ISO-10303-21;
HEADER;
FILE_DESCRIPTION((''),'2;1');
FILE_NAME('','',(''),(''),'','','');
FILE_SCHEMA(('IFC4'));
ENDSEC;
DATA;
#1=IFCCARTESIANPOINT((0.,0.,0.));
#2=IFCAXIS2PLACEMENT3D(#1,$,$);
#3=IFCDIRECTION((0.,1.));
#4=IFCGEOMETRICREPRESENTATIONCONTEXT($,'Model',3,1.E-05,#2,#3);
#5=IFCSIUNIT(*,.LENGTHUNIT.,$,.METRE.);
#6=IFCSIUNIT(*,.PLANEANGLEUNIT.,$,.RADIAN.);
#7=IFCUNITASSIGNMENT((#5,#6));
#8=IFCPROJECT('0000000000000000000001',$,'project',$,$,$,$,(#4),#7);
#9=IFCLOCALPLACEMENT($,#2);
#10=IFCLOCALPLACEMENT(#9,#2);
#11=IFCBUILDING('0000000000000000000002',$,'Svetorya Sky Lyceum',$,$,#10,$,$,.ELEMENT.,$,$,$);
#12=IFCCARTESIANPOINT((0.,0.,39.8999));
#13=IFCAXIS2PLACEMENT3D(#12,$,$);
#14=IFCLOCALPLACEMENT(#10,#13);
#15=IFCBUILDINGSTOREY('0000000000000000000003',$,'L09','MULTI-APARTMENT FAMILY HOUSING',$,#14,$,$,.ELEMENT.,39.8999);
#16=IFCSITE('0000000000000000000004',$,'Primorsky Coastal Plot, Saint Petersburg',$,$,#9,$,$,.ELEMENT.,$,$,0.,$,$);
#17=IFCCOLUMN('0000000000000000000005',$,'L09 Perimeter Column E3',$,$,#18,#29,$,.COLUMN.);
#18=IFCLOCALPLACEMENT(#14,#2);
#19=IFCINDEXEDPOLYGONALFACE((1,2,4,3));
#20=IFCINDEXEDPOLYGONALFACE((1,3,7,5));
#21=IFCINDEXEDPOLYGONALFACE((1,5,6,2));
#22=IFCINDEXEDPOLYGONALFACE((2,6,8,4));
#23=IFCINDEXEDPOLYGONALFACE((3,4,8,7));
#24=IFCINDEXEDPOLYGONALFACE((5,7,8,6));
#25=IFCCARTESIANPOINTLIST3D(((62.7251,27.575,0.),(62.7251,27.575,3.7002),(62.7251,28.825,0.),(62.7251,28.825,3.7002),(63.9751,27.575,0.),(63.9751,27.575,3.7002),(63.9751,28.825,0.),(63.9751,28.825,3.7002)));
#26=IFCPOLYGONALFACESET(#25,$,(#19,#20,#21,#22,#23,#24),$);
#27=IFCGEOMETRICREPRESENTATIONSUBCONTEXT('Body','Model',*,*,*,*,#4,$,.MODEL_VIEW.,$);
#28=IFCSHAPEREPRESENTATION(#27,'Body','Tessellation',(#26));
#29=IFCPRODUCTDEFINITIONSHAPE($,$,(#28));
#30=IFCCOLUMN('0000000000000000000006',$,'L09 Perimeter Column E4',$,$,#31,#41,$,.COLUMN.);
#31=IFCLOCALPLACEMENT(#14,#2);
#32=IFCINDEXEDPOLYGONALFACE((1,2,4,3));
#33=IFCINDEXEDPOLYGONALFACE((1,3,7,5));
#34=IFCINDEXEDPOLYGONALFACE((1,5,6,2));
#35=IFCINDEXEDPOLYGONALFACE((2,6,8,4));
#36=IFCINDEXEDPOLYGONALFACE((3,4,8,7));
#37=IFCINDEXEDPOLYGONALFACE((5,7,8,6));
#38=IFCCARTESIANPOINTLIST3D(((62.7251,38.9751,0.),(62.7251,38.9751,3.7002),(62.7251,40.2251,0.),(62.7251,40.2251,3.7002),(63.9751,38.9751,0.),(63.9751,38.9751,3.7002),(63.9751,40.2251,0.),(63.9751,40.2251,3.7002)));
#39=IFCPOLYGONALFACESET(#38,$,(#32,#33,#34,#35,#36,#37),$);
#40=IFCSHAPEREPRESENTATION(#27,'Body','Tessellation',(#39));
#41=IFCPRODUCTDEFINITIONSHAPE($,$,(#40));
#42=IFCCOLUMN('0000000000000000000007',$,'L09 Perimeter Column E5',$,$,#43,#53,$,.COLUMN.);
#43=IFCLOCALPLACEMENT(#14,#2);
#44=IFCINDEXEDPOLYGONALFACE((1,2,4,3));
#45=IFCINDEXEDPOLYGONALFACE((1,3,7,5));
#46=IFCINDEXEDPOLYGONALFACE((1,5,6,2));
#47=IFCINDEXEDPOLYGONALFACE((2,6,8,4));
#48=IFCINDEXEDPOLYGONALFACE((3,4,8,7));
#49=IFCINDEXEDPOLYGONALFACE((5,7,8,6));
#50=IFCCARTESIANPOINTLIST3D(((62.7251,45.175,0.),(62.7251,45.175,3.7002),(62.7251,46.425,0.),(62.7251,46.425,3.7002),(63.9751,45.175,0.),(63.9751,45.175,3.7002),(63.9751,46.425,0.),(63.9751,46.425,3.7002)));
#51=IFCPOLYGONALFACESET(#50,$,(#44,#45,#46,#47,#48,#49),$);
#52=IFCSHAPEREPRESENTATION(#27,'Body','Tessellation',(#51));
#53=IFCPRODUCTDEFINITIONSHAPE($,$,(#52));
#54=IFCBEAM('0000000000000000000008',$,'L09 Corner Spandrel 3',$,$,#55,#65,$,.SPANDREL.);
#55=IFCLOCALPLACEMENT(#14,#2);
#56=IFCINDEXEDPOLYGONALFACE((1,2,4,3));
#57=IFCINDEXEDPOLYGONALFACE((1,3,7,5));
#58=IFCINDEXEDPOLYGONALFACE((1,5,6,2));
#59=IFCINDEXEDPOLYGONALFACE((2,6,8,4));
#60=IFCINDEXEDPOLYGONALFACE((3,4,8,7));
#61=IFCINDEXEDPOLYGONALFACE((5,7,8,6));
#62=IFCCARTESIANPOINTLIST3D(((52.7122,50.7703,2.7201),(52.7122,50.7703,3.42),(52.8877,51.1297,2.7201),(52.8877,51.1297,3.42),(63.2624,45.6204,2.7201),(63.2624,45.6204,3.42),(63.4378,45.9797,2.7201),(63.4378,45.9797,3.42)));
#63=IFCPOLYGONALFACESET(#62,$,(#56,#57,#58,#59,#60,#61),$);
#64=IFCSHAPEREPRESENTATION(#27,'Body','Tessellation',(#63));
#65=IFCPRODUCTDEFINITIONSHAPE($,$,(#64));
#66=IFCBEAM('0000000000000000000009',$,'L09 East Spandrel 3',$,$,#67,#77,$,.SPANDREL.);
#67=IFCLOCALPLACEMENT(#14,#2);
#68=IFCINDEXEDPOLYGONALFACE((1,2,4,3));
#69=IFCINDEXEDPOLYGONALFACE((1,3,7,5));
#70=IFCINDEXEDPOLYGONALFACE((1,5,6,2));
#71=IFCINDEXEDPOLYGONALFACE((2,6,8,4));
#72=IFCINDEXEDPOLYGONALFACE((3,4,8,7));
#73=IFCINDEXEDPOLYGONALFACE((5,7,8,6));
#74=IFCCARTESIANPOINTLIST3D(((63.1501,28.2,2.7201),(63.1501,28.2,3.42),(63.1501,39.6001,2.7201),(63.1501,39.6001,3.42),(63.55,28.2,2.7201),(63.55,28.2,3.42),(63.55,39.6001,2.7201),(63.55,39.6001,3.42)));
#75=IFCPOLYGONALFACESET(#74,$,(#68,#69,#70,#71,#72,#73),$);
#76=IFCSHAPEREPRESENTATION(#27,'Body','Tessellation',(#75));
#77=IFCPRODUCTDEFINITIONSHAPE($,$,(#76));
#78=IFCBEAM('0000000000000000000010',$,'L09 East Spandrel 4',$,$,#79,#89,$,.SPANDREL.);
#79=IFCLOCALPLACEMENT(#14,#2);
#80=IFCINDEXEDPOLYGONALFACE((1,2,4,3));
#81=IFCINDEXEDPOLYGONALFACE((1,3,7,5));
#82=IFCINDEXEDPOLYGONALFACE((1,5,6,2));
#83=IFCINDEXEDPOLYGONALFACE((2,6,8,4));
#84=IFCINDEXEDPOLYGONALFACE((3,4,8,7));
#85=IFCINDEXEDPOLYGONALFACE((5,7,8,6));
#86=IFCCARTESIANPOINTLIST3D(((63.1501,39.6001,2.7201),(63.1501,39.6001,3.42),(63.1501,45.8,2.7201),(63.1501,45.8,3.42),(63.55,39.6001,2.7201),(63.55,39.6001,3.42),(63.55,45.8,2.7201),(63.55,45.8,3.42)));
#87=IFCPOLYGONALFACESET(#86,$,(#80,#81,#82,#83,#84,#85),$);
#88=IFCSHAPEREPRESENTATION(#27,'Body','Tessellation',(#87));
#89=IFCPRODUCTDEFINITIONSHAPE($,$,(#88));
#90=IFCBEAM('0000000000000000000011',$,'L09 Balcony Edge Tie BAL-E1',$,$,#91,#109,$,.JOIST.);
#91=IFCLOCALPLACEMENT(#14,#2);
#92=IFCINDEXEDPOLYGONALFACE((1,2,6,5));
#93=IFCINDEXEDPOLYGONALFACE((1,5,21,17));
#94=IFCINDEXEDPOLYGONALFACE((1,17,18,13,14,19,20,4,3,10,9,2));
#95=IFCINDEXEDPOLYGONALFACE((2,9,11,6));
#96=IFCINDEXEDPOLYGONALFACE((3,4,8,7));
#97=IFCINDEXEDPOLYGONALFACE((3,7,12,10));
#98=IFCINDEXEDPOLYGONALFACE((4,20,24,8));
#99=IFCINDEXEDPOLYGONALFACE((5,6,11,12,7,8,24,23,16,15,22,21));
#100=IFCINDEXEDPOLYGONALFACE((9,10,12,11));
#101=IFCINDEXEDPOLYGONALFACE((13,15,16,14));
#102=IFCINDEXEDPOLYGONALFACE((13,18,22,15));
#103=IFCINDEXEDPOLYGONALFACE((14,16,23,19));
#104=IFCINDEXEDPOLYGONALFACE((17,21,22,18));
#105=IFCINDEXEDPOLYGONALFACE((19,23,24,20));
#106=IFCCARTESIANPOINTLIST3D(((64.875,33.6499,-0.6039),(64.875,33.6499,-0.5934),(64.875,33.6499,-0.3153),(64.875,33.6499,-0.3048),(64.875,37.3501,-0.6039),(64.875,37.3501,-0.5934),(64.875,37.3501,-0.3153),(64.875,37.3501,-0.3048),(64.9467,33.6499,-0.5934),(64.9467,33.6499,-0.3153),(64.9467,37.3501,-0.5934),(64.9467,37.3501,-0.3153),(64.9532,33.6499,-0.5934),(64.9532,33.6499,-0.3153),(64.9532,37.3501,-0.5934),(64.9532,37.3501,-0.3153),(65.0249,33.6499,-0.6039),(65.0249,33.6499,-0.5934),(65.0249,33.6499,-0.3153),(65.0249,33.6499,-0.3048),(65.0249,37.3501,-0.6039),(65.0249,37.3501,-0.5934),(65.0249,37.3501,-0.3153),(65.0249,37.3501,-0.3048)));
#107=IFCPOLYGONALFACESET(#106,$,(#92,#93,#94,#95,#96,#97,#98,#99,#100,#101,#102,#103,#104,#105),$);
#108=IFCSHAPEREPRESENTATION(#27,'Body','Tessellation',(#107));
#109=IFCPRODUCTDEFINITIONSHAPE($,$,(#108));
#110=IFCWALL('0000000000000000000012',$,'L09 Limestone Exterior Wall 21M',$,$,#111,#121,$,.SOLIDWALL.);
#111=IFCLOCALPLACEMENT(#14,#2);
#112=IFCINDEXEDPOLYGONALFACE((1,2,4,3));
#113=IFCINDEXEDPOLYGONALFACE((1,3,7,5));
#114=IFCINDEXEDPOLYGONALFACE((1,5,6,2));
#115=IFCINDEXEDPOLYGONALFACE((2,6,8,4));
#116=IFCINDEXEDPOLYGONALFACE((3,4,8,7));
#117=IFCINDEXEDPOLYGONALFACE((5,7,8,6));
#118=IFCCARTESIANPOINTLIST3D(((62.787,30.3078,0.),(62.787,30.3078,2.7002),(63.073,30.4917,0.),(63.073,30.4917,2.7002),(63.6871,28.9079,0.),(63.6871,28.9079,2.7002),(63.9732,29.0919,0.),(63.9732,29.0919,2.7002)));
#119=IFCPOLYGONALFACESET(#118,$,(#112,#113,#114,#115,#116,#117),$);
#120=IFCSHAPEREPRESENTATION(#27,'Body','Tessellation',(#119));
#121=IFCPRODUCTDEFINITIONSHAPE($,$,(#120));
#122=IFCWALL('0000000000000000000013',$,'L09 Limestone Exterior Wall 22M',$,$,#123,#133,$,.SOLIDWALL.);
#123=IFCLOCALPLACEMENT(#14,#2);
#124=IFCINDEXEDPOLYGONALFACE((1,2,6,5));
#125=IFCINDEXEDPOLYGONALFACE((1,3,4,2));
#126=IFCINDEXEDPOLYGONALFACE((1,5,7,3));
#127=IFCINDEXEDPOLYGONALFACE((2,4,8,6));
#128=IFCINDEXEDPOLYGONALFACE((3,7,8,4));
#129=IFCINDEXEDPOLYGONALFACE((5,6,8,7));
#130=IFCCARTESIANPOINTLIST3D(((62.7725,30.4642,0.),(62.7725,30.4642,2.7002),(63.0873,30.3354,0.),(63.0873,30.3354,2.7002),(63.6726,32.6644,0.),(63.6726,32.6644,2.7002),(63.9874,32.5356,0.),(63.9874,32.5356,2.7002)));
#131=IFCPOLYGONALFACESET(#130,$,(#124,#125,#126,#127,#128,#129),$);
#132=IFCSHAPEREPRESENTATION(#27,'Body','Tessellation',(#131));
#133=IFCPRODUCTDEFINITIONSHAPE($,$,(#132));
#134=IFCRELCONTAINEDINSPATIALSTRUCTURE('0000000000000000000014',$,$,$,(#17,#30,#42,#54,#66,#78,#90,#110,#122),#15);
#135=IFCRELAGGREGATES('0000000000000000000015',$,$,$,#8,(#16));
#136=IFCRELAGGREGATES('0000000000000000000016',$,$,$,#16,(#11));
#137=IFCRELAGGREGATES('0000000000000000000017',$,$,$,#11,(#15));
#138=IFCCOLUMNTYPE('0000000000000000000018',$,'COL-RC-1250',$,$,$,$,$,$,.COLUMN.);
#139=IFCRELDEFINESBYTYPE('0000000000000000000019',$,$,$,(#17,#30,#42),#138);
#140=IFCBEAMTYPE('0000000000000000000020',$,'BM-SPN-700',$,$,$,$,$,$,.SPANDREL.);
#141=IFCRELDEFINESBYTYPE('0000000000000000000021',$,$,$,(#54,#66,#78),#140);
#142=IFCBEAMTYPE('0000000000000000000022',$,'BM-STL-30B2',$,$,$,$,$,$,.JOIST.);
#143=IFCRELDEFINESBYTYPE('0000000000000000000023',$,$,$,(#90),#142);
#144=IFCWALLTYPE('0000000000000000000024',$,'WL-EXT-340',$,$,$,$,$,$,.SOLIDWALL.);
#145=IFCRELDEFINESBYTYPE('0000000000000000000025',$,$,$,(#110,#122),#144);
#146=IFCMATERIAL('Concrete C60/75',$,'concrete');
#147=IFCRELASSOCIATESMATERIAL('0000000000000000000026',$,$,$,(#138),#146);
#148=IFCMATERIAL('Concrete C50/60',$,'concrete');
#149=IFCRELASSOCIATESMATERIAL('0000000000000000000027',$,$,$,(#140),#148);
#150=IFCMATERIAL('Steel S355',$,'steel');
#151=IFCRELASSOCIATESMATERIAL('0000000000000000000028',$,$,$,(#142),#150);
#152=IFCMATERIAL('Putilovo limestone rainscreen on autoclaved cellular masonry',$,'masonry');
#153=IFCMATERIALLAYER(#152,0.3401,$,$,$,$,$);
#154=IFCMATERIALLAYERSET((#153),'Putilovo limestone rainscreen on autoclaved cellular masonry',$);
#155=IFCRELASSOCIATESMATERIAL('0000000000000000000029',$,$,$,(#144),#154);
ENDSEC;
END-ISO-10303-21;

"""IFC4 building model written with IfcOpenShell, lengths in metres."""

from ifc_helpers import new_model, si_unit, direction, frame, frame_2d, origin, origin_2d, place, context, subcontext, project, spatial, rectangle, i_section, extrude, material, layer, layer_set, material_profile, profile_set, type_object, element, save


model = new_model("IFC4")

# Units and contexts
model_context = context("Model", 3, precision=1e-05, world=origin(), true_north=direction((0.0, 1.0)))
body_context = subcontext(model_context, "Body", "Model", "MODEL_VIEW")
ifc_project = project(units=[si_unit("LENGTHUNIT", "METRE"), si_unit("PLANEANGLEUNIT", "RADIAN")], contexts=[model_context])

# Site, building, storey
site_placement = place(None, origin())
site = spatial("IfcSite", under=ifc_project, at=site_placement, Name="Primorsky Coastal Plot, Saint Petersburg", CompositionType="ELEMENT", RefElevation=0.0)
building_placement = place(site_placement, origin())
building = spatial("IfcBuilding", under=site, at=building_placement, Name="Svetorya Sky Lyceum", CompositionType="ELEMENT")
storey_placement = place(building_placement, frame((0.0, 0.0, 39.8999)))
storey = spatial("IfcBuildingStorey", under=building, at=storey_placement, Name="L09", Description="MULTI-APARTMENT FAMILY HOUSING", CompositionType="ELEMENT", Elevation=39.8999)

# Columns
ifc_material_1 = material(Name="Concrete C60/75", Category="concrete")
ifc_material_profile_1 = material_profile(ifc_material_1, rectangle(XDim=1.25, YDim=1.25, at=origin_2d()), Name="RC COL 1250x1250")
ifc_profile_set_1 = profile_set([ifc_material_profile_1], Name="Concrete C60/75")
column_type = type_object("IfcColumnType", Name="COL-RC-1250", PredefinedType="COLUMN", material=ifc_profile_set_1)
for number, where, z_axis, x_axis, name in (
    (1, (63.3501, 28.2, 0.0), (0.0, 0.0, 1.0), (1.0, 0.0, 0.0), "L09 Perimeter Column E3"),
    (2, (63.3501, 39.6001, 0.0), (0.0, 0.0, 1.0), (1.0, 0.0, 0.0), "L09 Perimeter Column E4"),
    (3, (63.3501, 45.8, 0.0), (0.0, 0.0, 1.0), (1.0, 0.0, 0.0), "L09 Perimeter Column E5"),
):
    element("IfcColumn", number, at=place(storey_placement, frame(where, z_axis=z_axis, x_axis=x_axis)), inside=storey, type_object=column_type, Name=name, PredefinedType="COLUMN", context=body_context, shape_type="SweptSolid", body=[
        extrude(rectangle(XDim=1.25, YDim=1.25, at=origin_2d()), origin(), (0.0, 0.0, 1.0), 3.7002),
    ])

# Beams
ifc_material_2 = material(Name="Concrete C50/60", Category="concrete")
ifc_material_profile_2 = material_profile(ifc_material_2, rectangle(XDim=0.3999, YDim=0.7, at=origin_2d()), Name="RC SPANDREL 400x700")
ifc_profile_set_2 = profile_set([ifc_material_profile_2], Name="Concrete C50/60")
beam_type_1 = type_object("IfcBeamType", Name="BM-SPN-700", PredefinedType="SPANDREL", material=ifc_profile_set_2)
beam_1_placement = place(storey_placement, frame((63.3501, 45.8, 3.0701), z_axis=(-0.89865, 0.438667, 0.0), x_axis=(-0.438667, -0.89865, 0.0)))
element("IfcBeam", 4, at=beam_1_placement, inside=storey, type_object=beam_type_1, Name="L09 Corner Spandrel 3", PredefinedType="SPANDREL", context=body_context, shape_type="SweptSolid", body=[
    extrude(rectangle(XDim=0.3999, YDim=0.7, at=origin_2d()), origin(), (0.0, 0.0, 1.0), 11.74),
])
beam_2_placement = place(storey_placement, frame((63.3501, 28.2, 3.0701), z_axis=(0.0, 1.0, 0.0), x_axis=(-1.0, 0.0, 0.0)))
element("IfcBeam", 5, at=beam_2_placement, inside=storey, type_object=beam_type_1, Name="L09 East Spandrel 3", PredefinedType="SPANDREL", context=body_context, shape_type="SweptSolid", body=[
    extrude(rectangle(XDim=0.3999, YDim=0.7, at=origin_2d()), origin(), (0.0, 0.0, 1.0), 11.4001),
])
beam_3_placement = place(storey_placement, frame((63.3501, 39.6001, 3.0701), z_axis=(0.0, 1.0, 0.0), x_axis=(-1.0, 0.0, 0.0)))
element("IfcBeam", 6, at=beam_3_placement, inside=storey, type_object=beam_type_1, Name="L09 East Spandrel 4", PredefinedType="SPANDREL", context=body_context, shape_type="SweptSolid", body=[
    extrude(rectangle(XDim=0.3999, YDim=0.7, at=origin_2d()), origin(), (0.0, 0.0, 1.0), 6.2),
])
ifc_material_3 = material(Name="Steel S355", Category="steel")
ifc_material_profile_3 = material_profile(ifc_material_3, i_section(OverallWidth=0.1499, OverallDepth=0.2991, WebThickness=0.0066, FlangeThickness=0.0105, at=origin_2d()), Name="GOST 30B2")
ifc_profile_set_3 = profile_set([ifc_material_profile_3], Name="Steel S355")
beam_type_2 = type_object("IfcBeamType", Name="BM-STL-30B2", PredefinedType="JOIST", material=ifc_profile_set_3)
beam_4_placement = place(storey_placement, frame((64.95, 33.6499, -0.4543), z_axis=(0.0, 1.0, 0.0), x_axis=(-1.0, 0.0, 0.0)))
element("IfcBeam", 7, at=beam_4_placement, inside=storey, type_object=beam_type_2, Name="L09 Balcony Edge Tie BAL-E1", PredefinedType="JOIST", context=body_context, shape_type="SweptSolid", body=[
    extrude(i_section(OverallWidth=0.1499, OverallDepth=0.2991, WebThickness=0.0066, FlangeThickness=0.0105, at=origin_2d()), origin(), (0.0, 0.0, 1.0), 3.7002),
])

# Walls
ifc_material_4 = material(Name="Putilovo limestone rainscreen on autoclaved cellular masonry", Category="masonry")
ifc_layer_1 = layer(ifc_material_4, 0.3401)
ifc_layer_set_1 = layer_set([ifc_layer_1], Name="Putilovo limestone rainscreen on autoclaved cellular masonry")
wall_type_1 = type_object("IfcWallType", Name="WL-EXT-340", PredefinedType="SOLIDWALL", material=ifc_layer_set_1)
wall_1_placement = place(storey_placement, frame((63.8301, 29.0, 0.0), z_axis=(0.0, 0.0, 1.0), x_axis=(-0.540847, 0.841121, 0.0)))
element("IfcWall", 8, at=wall_1_placement, inside=storey, type_object=wall_type_1, Name="L09 Limestone Exterior Wall 21M", PredefinedType="SOLIDWALL", context=body_context, shape_type="SweptSolid", body=[
    extrude(rectangle(XDim=1.6643, YDim=0.3401, at=frame_2d((0.832, 0.0))), origin(), (0.0, 0.0, 1.0), 2.7002),
])
wall_2_placement = place(storey_placement, frame((62.9299, 30.3999, 0.0), z_axis=(0.0, 0.0, 1.0), x_axis=(0.378657, 0.925537, 0.0)))
element("IfcWall", 9, at=wall_2_placement, inside=storey, type_object=wall_type_1, Name="L09 Limestone Exterior Wall 22M", PredefinedType="SOLIDWALL", context=body_context, shape_type="SweptSolid", body=[
    extrude(rectangle(XDim=2.3772, YDim=0.3401, at=frame_2d((1.1885, 0.0))), origin(), (0.0, 0.0, 1.0), 2.7002),
])

save(model, "model.ifc")
